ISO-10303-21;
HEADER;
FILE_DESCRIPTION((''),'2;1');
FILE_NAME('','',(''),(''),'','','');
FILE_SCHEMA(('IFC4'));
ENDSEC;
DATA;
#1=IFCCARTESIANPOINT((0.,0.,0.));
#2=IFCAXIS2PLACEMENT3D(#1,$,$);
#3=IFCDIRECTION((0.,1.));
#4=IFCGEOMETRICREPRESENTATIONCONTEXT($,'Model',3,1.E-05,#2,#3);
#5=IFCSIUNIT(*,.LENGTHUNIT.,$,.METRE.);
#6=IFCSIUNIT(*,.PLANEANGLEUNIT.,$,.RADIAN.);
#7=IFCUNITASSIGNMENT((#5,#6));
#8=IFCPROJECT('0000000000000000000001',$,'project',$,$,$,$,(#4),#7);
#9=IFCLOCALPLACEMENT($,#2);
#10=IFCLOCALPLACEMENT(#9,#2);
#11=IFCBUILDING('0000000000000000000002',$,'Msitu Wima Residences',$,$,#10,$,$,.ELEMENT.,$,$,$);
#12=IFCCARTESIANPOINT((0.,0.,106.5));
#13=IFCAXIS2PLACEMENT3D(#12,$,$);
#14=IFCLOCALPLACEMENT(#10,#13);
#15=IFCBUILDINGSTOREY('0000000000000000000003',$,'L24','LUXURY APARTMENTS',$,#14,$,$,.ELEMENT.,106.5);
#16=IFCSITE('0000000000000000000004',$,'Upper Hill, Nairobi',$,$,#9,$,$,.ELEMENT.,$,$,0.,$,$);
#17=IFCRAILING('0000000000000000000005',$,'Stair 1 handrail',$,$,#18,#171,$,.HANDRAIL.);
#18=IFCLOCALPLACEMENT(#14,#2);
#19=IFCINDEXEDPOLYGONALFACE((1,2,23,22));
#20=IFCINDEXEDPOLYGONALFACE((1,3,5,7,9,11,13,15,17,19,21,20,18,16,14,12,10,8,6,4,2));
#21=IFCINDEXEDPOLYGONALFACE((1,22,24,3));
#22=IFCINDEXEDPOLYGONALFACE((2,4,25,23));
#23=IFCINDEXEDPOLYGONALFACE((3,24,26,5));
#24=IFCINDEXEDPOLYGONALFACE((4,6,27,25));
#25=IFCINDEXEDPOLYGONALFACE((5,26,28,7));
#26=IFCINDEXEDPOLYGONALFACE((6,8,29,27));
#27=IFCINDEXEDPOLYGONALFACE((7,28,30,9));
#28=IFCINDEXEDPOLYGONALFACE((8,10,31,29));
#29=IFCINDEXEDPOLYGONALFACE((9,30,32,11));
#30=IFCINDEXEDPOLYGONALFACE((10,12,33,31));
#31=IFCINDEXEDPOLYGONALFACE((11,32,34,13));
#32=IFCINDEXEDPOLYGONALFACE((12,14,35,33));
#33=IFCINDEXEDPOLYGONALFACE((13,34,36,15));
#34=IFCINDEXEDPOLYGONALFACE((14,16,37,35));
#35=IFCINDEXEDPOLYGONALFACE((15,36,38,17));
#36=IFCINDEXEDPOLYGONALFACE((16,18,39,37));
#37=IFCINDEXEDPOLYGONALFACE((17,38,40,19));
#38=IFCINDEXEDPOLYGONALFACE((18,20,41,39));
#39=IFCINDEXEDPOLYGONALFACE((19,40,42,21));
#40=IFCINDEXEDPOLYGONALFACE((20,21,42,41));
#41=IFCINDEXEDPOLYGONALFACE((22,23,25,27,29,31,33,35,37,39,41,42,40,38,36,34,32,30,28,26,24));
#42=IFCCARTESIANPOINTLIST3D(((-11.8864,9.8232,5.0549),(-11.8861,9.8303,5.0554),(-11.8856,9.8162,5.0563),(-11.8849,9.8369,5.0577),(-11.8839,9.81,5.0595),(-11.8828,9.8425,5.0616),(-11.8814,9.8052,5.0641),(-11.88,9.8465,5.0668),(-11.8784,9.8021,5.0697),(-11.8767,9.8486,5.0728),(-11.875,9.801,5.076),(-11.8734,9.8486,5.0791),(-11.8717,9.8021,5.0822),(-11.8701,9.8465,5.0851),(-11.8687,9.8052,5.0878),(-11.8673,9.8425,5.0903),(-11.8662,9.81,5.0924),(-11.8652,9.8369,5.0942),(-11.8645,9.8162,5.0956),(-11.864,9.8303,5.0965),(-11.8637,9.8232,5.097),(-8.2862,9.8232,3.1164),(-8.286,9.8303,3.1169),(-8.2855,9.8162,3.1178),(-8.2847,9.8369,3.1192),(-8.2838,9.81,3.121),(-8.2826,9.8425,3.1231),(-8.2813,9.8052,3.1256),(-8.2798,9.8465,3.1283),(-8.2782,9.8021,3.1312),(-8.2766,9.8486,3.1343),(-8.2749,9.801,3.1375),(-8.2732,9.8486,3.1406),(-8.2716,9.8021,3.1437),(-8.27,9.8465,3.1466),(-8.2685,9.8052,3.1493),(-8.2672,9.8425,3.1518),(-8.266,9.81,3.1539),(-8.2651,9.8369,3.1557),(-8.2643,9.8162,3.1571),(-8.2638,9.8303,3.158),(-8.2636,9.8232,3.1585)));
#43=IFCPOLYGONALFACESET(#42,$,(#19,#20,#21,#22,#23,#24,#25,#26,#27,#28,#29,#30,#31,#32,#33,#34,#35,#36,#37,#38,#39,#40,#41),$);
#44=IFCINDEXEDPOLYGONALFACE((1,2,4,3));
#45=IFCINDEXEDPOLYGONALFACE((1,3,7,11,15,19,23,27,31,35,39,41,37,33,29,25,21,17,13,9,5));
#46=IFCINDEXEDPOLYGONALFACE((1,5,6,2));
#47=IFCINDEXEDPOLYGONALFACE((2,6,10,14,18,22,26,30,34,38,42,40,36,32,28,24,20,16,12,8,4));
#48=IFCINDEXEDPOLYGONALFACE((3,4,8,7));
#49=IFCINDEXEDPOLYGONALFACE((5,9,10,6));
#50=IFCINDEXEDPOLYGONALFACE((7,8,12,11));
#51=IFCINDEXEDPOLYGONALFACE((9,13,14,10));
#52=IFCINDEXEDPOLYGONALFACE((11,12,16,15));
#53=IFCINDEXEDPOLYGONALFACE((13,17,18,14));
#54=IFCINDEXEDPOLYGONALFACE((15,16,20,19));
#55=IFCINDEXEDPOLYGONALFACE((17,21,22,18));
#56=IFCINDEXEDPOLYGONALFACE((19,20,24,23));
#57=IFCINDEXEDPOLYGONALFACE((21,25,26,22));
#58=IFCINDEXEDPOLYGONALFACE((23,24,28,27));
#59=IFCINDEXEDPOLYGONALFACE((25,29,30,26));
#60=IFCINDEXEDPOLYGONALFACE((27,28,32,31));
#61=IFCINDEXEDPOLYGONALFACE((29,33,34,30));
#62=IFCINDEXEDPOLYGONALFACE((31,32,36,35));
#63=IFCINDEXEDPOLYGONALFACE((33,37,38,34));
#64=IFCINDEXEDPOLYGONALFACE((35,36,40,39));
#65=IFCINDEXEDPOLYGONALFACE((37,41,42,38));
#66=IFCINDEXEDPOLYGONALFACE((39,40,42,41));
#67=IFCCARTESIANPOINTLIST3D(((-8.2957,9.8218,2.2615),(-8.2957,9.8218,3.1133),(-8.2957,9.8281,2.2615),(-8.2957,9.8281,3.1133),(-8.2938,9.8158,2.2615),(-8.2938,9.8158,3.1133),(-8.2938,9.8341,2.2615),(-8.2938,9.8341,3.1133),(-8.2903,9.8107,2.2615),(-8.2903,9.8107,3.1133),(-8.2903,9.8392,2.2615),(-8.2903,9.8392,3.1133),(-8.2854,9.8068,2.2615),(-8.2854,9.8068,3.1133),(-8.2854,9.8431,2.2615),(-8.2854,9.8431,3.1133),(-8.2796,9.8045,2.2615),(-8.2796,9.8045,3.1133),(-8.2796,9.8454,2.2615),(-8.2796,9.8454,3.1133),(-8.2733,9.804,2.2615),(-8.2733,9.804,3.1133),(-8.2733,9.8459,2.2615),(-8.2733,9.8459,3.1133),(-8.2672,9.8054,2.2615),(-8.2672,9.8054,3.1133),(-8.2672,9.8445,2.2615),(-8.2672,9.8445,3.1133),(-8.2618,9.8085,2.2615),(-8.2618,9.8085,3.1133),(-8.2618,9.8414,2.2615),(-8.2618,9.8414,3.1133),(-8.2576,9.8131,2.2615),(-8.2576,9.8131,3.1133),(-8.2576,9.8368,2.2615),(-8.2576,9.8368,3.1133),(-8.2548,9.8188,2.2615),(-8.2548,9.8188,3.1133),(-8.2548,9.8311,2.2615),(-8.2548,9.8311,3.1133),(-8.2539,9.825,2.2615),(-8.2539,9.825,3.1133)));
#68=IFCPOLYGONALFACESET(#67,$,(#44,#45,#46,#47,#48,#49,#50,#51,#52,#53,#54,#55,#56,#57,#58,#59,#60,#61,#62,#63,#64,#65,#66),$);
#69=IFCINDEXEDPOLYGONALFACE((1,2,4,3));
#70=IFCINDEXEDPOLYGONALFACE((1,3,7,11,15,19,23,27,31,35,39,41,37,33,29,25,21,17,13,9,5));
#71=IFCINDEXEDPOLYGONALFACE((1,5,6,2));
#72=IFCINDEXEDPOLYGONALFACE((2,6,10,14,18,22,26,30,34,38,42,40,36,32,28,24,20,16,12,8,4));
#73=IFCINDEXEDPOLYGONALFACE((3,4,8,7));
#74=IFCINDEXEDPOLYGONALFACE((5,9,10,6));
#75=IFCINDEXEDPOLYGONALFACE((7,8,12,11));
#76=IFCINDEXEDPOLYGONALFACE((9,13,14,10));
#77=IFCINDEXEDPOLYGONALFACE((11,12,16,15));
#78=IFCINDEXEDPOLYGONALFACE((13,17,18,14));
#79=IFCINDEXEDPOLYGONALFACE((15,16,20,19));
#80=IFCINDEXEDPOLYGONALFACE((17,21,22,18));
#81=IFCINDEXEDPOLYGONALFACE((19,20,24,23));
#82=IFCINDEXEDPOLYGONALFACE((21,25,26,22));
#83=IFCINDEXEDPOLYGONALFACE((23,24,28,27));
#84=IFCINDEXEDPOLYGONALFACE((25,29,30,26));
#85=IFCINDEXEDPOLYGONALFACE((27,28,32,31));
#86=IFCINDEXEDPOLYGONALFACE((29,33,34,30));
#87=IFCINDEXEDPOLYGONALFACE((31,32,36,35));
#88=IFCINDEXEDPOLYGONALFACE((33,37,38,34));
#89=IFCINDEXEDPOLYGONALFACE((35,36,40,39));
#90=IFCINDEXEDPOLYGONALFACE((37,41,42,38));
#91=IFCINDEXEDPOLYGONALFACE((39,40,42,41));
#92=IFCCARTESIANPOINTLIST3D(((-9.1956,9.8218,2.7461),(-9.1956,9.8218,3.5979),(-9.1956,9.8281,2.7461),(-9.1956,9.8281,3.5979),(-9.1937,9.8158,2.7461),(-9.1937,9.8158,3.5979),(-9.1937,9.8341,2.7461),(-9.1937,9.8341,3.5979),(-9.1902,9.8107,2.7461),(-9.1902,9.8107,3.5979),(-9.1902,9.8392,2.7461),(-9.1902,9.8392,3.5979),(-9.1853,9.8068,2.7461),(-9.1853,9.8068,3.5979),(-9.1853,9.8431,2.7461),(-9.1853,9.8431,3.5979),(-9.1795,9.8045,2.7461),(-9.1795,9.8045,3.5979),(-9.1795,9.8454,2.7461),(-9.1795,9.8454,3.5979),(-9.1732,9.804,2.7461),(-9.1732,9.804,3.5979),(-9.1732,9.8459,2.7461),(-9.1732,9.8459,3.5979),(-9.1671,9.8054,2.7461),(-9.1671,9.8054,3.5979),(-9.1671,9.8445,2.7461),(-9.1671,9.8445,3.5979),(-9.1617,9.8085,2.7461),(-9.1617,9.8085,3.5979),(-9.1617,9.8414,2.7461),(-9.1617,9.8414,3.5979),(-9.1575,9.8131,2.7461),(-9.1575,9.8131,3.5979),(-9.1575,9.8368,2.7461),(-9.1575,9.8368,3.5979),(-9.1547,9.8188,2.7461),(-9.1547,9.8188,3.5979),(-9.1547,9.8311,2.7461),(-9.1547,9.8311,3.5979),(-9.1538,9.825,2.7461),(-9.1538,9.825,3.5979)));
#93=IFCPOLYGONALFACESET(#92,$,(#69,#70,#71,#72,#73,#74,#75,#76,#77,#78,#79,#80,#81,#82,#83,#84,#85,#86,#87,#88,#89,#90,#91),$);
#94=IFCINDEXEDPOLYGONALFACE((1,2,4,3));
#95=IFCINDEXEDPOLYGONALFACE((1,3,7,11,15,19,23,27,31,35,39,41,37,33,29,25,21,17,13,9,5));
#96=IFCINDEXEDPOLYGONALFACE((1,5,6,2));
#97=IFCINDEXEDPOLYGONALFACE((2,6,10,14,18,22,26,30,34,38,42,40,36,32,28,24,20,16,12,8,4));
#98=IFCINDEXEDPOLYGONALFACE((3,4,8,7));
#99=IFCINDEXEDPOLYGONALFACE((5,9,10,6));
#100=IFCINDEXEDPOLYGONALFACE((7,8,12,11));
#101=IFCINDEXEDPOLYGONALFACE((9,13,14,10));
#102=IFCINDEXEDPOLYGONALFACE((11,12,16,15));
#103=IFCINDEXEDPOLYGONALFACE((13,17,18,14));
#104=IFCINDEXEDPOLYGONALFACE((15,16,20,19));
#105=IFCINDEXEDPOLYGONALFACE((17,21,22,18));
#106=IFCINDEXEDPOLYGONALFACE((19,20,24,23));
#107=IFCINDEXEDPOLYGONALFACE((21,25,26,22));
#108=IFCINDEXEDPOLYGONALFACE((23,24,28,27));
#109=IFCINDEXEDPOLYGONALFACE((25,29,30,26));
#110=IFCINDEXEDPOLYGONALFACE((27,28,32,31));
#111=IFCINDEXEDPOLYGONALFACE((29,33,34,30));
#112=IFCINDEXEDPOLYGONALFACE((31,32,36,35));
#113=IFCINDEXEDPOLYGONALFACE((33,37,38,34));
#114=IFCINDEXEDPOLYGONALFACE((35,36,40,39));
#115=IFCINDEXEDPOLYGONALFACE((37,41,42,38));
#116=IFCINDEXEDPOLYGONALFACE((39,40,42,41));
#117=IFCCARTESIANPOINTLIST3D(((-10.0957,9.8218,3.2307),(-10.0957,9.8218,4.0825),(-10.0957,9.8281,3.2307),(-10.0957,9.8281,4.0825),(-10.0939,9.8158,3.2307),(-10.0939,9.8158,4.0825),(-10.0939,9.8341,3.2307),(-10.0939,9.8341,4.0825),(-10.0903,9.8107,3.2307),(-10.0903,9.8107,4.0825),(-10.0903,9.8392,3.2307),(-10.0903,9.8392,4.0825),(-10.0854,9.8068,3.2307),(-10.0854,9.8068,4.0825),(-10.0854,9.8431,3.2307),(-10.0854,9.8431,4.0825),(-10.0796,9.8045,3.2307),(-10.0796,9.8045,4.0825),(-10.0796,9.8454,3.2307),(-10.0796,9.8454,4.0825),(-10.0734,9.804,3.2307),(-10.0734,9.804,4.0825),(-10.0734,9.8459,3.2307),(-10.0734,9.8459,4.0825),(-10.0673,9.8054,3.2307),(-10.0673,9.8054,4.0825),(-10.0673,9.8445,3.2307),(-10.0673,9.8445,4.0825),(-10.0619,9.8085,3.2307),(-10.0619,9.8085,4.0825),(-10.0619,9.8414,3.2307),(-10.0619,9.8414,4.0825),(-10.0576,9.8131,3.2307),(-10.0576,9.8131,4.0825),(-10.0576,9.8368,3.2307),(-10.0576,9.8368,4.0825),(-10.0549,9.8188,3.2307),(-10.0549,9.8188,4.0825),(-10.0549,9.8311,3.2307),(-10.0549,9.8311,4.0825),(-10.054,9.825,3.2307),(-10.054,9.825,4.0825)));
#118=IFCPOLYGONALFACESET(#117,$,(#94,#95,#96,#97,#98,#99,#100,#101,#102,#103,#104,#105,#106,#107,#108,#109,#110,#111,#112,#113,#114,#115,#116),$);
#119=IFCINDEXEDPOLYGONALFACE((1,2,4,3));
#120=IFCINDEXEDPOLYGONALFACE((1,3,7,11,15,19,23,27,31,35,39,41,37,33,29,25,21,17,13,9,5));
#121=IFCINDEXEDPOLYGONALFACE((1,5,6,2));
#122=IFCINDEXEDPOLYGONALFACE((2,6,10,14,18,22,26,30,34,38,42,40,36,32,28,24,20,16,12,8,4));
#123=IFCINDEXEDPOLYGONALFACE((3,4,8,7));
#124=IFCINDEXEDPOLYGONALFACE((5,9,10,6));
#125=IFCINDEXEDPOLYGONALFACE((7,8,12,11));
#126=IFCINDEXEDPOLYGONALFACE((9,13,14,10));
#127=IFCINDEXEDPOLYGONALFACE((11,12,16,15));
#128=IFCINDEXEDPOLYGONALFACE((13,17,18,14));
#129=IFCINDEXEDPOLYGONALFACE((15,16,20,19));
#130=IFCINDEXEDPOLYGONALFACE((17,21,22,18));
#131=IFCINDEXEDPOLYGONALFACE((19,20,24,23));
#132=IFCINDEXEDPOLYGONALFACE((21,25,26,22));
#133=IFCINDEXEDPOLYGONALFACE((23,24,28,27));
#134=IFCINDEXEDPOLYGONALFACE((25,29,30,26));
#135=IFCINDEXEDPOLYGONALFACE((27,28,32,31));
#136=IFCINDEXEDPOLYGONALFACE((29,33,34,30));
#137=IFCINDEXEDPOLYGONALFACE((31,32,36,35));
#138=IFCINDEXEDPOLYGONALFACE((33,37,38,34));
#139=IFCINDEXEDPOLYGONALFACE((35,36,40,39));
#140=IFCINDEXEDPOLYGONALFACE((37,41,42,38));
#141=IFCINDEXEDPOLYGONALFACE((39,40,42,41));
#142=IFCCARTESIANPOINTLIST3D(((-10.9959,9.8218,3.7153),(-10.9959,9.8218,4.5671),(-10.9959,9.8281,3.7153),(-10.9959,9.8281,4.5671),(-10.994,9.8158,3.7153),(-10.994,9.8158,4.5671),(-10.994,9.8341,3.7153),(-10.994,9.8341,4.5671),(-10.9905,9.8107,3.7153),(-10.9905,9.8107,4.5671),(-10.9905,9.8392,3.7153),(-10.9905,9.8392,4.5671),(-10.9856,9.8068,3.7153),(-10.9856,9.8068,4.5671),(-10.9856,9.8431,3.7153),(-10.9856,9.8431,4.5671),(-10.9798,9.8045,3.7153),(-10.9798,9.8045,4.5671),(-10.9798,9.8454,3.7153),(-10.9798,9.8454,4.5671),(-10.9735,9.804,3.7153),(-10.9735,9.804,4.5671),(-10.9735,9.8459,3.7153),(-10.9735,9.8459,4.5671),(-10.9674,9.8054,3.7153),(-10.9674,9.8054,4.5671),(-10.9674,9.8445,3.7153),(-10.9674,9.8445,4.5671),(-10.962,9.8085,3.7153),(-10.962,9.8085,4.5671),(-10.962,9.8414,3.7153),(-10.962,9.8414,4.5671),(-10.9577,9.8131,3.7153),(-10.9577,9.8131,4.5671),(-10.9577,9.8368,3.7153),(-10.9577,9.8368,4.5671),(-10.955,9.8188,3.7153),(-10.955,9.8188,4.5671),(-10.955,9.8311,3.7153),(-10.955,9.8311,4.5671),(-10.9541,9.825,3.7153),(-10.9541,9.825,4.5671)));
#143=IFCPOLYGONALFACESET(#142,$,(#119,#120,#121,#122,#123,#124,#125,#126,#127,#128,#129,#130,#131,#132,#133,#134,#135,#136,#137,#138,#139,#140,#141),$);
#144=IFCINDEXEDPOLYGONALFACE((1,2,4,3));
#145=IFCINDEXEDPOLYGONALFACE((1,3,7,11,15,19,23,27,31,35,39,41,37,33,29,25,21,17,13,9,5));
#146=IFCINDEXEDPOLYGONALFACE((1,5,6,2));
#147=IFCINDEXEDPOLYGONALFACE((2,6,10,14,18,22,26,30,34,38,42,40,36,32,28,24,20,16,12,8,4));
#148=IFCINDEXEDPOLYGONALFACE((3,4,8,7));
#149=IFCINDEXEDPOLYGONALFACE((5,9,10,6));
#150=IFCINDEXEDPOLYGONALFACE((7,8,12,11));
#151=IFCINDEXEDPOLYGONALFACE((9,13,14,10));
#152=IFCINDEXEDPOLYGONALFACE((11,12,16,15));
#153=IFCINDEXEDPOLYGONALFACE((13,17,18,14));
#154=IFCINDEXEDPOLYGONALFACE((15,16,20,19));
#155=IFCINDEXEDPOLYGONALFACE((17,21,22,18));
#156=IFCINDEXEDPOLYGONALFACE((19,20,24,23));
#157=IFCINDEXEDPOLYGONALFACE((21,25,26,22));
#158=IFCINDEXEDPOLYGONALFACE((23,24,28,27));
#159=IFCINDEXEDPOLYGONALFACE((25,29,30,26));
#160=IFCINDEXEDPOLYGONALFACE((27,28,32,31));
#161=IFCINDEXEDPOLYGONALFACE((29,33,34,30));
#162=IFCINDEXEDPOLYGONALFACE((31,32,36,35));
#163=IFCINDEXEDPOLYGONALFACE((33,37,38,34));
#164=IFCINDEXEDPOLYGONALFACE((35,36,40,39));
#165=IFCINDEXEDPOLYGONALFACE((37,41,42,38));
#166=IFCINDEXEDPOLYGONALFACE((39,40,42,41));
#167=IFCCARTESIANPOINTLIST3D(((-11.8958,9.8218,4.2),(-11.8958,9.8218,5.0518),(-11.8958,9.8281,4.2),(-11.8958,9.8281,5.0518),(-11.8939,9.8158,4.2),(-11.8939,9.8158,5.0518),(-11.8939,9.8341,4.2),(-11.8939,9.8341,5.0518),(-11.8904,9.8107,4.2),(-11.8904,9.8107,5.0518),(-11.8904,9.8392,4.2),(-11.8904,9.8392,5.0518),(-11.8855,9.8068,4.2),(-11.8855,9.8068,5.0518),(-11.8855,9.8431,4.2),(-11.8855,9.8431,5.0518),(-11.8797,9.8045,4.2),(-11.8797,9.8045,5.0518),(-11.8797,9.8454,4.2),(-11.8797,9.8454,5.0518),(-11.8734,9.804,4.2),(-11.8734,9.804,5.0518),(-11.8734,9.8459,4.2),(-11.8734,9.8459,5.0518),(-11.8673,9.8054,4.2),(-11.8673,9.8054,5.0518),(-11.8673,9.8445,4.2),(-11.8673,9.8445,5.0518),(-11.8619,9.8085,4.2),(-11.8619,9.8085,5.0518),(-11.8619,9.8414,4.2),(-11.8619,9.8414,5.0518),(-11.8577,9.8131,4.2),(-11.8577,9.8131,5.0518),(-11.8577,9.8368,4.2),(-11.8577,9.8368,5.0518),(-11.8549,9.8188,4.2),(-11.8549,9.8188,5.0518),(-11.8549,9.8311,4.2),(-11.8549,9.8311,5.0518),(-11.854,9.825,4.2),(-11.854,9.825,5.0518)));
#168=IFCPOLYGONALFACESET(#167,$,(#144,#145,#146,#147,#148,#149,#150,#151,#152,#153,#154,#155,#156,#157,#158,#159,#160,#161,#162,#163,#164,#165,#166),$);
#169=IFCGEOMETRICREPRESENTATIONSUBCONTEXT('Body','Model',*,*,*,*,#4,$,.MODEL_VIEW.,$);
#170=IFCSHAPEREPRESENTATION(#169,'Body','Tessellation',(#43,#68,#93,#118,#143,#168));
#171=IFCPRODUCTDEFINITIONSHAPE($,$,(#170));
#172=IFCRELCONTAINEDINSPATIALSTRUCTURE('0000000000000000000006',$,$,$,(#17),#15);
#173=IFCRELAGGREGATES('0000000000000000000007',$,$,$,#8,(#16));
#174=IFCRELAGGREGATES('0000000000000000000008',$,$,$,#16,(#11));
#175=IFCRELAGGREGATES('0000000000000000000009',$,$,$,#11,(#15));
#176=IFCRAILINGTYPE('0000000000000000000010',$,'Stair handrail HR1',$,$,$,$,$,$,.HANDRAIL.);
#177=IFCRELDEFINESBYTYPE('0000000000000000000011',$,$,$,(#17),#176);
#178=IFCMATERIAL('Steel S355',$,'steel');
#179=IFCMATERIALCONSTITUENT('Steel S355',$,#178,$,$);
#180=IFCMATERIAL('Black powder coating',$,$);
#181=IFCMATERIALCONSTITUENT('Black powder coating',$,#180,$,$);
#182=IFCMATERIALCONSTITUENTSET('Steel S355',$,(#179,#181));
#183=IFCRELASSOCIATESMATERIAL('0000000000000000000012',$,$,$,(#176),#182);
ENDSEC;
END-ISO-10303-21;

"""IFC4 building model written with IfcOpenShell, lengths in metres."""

from ifc_helpers import new_model, si_unit, direction, frame, origin, origin_2d, place, context, subcontext, project, spatial, circle, extrude, material, constituent, constituent_set, type_object, element, save


model = new_model("IFC4")

# Units and contexts
model_context = context("Model", 3, precision=1e-05, world=origin(), true_north=direction((0.0, 1.0)))
body_context = subcontext(model_context, "Body", "Model", "MODEL_VIEW")
ifc_project = project(units=[si_unit("LENGTHUNIT", "METRE"), si_unit("PLANEANGLEUNIT", "RADIAN")], contexts=[model_context])

# Site, building, storey
site_placement = place(None, origin())
site = spatial("IfcSite", under=ifc_project, at=site_placement, Name="Upper Hill, Nairobi", CompositionType="ELEMENT", RefElevation=0.0)
building_placement = place(site_placement, origin())
building = spatial("IfcBuilding", under=site, at=building_placement, Name="Msitu Wima Residences", CompositionType="ELEMENT")
storey_placement = place(building_placement, frame((0.0, 0.0, 106.5)))
storey = spatial("IfcBuildingStorey", under=building, at=storey_placement, Name="L24", Description="LUXURY APARTMENTS", CompositionType="ELEMENT", Elevation=106.5)

# Railing
ifc_material_1 = material(Name="Steel S355", Category="steel")
ifc_constituent_1 = constituent(ifc_material_1, Name="Steel S355")
ifc_material_2 = material(Name="Black powder coating")
ifc_constituent_2 = constituent(ifc_material_2, Name="Black powder coating")
ifc_constituent_set_1 = constituent_set(constituents=[ifc_constituent_1, ifc_constituent_2], Name="Steel S355")
railing_type_1 = type_object("IfcRailingType", Name="Stair handrail HR1", PredefinedType="HANDRAIL", material=ifc_constituent_set_1)
for number, where, name in (
    (1, (-8.2749, 9.825, 2.2615), "Stair 1 handrail"),
):
    element("IfcRailing", number, at=place(storey_placement, frame(where)), inside=storey, type_object=railing_type_1, Name=name, PredefinedType="HANDRAIL", context=body_context, shape_type="SweptSolid", body=[
        extrude(circle(Radius=0.0239, at=origin_2d()), frame((0.0, 0.0, 0.876), z_axis=(-0.880475, 0.0, 0.474093), x_axis=(0.0, -1.0, 0.0)), (0.0, 0.0, 1.0), 4.0889),
        extrude(circle(Radius=0.021, at=origin_2d()), origin(), (0.0, 0.0, 1.0), 0.8518),
        extrude(circle(Radius=0.021, at=origin_2d()), frame((-0.8999, 0.0, 0.4846)), (0.0, 0.0, 1.0), 0.8518),
        extrude(circle(Radius=0.021, at=origin_2d()), frame((-1.8, 0.0, 0.9692)), (0.0, 0.0, 1.0), 0.8518),
        extrude(circle(Radius=0.021, at=origin_2d()), frame((-2.7002, 0.0, 1.4539)), (0.0, 0.0, 1.0), 0.8518),
        extrude(circle(Radius=0.021, at=origin_2d()), frame((-3.6001, 0.0, 1.9385)), (0.0, 0.0, 1.0), 0.8518),
    ])

save(model, "model.ifc")
